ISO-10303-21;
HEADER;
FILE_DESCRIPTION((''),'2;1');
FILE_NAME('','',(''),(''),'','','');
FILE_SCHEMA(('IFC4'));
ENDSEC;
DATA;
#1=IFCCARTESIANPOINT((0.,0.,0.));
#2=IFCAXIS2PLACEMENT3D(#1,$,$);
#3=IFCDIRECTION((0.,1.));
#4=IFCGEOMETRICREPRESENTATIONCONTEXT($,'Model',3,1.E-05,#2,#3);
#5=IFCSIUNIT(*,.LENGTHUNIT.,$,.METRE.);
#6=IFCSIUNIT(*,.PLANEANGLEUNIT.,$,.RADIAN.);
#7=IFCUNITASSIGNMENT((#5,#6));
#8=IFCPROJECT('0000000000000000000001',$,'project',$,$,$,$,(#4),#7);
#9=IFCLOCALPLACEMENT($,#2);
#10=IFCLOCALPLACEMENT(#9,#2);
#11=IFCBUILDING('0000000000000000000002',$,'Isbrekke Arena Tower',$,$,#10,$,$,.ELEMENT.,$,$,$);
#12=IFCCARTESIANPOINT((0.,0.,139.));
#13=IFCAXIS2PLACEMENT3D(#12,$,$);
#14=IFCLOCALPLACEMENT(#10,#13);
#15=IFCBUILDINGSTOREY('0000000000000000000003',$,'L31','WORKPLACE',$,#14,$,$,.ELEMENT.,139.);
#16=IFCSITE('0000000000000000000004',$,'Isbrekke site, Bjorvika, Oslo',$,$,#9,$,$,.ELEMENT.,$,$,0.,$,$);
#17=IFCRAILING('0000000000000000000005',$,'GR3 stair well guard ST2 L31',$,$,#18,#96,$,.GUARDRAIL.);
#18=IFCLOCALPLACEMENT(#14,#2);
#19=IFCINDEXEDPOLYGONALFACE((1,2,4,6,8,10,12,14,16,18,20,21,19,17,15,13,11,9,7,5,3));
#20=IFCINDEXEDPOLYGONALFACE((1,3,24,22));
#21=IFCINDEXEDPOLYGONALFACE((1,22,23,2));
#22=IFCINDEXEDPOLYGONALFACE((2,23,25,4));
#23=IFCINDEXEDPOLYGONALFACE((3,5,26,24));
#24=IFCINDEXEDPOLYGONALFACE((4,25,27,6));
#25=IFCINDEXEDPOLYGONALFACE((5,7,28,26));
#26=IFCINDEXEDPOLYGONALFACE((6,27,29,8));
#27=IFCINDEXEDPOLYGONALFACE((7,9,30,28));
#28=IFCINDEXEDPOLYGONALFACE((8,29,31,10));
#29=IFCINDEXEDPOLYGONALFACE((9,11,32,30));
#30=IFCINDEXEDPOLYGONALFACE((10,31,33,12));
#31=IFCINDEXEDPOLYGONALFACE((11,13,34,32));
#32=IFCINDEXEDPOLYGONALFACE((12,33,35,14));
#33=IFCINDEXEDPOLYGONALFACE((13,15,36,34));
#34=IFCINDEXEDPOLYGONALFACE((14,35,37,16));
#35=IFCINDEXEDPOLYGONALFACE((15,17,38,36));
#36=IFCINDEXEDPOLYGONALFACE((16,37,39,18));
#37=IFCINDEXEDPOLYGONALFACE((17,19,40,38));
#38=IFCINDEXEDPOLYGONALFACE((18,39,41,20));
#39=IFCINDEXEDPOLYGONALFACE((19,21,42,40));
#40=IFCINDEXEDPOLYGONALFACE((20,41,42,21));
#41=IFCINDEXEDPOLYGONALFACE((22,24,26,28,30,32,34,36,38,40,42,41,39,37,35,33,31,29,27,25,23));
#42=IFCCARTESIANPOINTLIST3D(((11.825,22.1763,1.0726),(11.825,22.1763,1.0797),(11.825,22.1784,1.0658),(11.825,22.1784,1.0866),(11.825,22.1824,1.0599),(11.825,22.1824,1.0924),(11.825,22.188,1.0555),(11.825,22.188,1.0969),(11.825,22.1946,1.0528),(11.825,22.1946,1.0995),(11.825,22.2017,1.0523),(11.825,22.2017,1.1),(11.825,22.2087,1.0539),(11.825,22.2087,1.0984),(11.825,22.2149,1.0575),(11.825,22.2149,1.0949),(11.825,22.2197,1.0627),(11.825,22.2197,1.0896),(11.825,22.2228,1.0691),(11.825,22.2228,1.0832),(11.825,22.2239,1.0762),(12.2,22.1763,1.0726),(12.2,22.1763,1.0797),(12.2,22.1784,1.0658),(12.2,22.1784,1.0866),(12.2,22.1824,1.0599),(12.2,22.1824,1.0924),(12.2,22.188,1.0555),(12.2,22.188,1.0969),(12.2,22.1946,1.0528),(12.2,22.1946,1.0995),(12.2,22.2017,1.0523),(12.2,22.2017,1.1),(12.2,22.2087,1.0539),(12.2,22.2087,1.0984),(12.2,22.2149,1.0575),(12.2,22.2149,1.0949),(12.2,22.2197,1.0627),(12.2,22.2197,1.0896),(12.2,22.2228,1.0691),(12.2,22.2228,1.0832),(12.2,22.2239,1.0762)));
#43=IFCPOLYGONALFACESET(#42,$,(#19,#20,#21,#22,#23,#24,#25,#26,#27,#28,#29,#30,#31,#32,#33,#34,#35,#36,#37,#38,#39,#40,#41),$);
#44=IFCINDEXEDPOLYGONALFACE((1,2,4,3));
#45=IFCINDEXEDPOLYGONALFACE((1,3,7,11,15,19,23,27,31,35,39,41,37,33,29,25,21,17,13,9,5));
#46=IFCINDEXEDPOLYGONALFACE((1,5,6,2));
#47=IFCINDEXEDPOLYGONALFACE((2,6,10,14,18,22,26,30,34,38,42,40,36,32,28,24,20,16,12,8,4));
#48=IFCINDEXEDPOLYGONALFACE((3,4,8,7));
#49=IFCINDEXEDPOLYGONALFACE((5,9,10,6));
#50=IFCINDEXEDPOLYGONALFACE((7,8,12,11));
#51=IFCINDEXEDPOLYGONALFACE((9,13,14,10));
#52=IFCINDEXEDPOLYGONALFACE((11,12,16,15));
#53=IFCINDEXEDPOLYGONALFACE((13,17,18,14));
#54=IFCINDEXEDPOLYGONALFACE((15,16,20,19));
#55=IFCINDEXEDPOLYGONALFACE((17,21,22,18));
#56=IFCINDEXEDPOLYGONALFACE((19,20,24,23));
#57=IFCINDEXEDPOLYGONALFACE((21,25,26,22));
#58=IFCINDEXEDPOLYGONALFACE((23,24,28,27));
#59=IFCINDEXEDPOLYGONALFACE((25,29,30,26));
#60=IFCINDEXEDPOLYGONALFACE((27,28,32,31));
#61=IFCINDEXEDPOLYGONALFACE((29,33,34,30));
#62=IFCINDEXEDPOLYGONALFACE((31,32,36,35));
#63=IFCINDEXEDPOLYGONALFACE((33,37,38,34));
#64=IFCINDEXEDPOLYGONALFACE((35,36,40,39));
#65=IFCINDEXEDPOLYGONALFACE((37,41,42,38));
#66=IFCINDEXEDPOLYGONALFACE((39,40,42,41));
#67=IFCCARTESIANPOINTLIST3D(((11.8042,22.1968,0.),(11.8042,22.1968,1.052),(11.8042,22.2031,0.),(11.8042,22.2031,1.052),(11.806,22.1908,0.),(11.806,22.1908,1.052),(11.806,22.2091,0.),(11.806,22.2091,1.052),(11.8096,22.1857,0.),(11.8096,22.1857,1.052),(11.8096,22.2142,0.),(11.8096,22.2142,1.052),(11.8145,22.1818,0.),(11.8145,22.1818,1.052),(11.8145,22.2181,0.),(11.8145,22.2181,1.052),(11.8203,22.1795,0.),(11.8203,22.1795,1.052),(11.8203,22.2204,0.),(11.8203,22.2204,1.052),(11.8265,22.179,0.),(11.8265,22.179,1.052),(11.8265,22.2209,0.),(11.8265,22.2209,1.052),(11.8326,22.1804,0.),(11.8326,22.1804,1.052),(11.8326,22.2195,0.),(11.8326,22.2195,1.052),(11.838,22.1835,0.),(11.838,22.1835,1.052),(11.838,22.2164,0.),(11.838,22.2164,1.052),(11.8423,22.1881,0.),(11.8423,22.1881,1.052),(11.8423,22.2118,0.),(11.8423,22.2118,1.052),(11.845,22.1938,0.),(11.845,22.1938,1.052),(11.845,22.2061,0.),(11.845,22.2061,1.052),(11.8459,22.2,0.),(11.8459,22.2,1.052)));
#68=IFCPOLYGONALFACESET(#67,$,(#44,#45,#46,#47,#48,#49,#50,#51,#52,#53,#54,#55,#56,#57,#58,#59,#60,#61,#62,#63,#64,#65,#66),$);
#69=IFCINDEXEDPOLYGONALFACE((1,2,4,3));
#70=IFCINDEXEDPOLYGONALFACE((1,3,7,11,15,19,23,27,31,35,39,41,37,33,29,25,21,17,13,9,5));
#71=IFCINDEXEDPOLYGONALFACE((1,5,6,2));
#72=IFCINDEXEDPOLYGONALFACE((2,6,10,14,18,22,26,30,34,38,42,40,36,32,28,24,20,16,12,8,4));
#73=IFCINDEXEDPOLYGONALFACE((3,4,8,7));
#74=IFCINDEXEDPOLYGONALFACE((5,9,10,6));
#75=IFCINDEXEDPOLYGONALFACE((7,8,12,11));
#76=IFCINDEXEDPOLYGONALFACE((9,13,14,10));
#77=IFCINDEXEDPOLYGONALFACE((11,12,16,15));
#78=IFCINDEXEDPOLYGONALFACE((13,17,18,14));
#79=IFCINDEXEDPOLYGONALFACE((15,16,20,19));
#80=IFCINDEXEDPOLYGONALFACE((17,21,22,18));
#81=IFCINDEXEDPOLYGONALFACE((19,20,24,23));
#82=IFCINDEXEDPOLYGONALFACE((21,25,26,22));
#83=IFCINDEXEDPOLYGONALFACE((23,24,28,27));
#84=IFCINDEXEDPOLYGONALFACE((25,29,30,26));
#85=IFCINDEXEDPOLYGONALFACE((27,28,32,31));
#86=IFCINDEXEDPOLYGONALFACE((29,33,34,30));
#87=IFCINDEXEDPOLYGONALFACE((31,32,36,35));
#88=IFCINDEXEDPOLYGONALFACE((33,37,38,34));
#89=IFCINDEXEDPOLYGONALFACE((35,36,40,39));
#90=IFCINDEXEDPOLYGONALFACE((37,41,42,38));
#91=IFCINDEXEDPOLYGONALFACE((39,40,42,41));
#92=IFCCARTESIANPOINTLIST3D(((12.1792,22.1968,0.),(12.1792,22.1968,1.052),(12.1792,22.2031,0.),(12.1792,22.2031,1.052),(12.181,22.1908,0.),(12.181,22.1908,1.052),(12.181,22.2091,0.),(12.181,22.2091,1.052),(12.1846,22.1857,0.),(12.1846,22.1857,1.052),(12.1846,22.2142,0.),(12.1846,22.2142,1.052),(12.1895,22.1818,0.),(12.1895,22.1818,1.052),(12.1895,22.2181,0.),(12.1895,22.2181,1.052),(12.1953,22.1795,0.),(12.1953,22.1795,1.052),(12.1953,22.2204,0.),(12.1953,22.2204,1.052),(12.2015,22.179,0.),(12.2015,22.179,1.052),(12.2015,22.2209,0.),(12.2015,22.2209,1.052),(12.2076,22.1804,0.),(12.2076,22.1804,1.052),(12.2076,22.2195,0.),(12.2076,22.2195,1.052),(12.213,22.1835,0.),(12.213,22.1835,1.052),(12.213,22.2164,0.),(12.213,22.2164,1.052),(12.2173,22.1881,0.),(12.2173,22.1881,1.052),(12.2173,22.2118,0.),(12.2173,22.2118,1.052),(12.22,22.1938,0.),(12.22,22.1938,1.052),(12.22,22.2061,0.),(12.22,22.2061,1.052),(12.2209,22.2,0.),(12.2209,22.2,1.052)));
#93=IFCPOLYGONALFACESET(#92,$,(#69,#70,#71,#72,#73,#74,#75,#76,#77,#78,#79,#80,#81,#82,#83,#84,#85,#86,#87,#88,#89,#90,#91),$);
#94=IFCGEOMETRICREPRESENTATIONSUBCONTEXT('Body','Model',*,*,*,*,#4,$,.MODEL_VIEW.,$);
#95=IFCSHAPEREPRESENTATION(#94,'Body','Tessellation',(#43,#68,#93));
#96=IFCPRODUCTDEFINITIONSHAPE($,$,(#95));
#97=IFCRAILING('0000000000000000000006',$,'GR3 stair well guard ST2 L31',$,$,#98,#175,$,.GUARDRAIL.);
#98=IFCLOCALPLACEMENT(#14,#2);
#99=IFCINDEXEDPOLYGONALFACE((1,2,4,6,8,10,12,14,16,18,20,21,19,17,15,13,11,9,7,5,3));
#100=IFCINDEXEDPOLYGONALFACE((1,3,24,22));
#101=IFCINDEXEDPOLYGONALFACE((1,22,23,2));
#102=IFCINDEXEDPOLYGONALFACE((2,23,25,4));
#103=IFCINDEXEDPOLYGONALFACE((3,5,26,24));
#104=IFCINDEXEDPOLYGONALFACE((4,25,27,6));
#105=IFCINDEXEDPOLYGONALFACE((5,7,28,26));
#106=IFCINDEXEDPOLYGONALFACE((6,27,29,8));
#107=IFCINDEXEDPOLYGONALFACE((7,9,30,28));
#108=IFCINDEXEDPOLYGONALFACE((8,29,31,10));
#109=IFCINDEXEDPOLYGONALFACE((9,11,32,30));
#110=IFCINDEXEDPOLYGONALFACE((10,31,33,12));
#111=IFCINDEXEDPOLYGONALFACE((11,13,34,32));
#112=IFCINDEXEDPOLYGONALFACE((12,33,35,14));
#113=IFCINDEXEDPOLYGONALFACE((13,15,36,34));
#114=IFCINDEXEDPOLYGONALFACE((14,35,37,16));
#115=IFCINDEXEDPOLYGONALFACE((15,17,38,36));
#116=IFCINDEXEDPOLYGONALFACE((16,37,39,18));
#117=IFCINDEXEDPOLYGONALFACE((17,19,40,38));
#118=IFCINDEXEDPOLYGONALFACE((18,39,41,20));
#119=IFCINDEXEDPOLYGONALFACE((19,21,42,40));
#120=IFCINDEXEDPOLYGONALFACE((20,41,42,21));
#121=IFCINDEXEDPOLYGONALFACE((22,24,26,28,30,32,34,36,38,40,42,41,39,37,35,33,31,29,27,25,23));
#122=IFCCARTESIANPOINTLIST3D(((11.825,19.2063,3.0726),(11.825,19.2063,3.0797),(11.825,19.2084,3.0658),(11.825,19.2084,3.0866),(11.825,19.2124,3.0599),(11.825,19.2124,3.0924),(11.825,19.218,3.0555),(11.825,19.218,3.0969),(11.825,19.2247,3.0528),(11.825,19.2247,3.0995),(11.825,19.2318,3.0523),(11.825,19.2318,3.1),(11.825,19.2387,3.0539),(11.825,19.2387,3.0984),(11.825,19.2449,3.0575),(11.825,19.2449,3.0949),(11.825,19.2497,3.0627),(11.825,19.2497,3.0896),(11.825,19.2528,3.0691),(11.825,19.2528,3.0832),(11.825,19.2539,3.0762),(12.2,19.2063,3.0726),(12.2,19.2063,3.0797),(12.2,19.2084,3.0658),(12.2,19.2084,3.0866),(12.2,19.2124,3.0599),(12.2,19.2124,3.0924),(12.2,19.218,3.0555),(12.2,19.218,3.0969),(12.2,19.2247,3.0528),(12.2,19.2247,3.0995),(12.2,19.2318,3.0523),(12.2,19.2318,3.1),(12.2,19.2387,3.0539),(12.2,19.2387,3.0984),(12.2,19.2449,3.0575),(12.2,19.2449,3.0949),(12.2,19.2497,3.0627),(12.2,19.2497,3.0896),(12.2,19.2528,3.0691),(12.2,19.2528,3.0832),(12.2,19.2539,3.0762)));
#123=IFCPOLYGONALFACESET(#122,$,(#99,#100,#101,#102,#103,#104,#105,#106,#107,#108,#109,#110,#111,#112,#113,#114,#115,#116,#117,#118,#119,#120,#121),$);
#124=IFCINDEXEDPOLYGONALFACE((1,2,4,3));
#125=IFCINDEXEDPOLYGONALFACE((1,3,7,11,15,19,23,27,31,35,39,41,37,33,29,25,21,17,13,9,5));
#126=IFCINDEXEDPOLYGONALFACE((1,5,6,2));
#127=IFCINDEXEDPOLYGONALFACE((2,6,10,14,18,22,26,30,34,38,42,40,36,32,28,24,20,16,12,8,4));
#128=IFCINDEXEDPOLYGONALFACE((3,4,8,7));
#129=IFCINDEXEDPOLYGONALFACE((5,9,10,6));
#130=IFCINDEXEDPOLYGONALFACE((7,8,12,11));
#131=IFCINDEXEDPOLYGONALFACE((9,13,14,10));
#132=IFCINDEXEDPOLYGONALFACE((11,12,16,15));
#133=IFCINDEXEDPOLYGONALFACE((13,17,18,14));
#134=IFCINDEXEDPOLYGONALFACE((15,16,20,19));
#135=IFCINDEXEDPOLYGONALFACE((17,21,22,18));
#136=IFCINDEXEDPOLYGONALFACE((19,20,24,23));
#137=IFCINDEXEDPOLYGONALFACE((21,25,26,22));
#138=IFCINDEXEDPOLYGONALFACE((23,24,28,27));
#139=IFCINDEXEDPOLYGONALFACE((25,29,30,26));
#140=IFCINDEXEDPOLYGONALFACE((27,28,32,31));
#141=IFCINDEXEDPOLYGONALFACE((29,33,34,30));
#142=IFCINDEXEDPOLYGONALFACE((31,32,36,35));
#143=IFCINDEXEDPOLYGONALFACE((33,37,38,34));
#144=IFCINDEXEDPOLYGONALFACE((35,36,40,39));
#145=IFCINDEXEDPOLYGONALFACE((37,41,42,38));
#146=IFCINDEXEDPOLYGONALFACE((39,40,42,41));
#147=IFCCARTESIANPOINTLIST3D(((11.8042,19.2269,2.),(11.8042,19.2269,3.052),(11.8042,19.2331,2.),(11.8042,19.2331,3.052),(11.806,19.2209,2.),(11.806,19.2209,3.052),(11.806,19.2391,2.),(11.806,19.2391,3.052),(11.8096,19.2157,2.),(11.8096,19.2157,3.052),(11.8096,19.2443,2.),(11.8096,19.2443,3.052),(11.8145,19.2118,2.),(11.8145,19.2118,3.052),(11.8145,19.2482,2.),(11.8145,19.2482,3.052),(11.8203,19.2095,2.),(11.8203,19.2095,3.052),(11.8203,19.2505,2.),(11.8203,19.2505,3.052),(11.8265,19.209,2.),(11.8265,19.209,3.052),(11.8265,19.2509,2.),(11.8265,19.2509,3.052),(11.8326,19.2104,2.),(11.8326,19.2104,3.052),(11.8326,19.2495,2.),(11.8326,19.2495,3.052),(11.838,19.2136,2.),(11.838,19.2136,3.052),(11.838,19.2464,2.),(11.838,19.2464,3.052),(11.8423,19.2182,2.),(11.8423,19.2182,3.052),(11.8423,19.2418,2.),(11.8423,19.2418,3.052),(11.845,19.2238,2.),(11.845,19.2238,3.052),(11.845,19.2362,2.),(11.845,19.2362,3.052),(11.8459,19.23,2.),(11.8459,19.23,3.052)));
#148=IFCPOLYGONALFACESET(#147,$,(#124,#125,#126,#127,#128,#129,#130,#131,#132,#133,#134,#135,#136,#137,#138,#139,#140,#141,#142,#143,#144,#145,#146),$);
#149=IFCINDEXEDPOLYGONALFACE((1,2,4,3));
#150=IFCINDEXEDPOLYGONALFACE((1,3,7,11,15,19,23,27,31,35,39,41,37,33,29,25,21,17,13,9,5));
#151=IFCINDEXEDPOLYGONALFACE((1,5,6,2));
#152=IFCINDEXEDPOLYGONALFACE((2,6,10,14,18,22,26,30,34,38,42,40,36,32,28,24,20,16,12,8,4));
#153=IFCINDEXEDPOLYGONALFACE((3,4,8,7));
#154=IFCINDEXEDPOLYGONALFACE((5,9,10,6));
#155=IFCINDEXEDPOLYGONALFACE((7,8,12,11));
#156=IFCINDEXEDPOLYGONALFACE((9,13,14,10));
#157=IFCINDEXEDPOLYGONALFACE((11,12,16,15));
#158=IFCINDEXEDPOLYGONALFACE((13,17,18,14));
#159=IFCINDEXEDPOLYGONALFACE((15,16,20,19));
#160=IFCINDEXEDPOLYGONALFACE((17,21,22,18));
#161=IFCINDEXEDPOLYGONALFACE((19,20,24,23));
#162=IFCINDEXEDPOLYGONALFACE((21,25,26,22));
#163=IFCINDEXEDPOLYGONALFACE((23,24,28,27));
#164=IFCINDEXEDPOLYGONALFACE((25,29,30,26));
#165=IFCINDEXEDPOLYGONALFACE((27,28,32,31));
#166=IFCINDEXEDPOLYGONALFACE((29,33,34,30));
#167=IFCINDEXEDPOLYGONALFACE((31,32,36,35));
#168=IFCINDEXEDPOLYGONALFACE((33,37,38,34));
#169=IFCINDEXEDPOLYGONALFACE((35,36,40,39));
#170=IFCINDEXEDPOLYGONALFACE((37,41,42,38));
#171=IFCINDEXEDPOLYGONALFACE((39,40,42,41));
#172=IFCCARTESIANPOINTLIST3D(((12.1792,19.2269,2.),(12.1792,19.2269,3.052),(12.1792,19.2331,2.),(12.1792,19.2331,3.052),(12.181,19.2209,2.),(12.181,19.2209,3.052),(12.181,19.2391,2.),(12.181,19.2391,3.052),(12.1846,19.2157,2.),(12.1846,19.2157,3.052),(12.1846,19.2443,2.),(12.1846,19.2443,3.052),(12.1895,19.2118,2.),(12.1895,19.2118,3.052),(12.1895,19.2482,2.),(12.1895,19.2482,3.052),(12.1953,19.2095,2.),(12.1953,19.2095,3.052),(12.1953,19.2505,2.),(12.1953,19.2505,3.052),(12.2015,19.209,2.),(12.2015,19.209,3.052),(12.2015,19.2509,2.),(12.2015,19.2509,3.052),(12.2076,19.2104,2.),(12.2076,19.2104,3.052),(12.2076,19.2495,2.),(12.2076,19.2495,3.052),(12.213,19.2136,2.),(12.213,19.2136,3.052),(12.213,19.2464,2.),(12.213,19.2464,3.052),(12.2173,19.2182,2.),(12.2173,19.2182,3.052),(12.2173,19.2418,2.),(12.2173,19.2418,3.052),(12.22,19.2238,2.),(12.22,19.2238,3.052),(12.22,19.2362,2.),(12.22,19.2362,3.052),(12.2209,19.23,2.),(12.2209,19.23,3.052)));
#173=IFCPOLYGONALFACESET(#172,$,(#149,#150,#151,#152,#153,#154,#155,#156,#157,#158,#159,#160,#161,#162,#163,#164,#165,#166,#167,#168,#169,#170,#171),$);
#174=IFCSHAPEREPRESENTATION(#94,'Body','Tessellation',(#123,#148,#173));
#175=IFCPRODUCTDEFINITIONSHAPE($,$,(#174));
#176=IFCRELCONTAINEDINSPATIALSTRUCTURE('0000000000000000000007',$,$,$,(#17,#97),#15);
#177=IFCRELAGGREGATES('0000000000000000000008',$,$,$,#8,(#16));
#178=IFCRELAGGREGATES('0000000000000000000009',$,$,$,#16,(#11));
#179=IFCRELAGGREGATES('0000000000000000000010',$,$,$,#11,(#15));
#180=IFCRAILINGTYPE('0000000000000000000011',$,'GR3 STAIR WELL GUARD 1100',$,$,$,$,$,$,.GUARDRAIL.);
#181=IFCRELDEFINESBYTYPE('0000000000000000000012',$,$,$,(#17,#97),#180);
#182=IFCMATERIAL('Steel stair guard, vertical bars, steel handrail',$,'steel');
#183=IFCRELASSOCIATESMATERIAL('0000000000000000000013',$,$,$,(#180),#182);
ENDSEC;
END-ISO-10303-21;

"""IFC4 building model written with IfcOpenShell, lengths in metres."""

from ifc_helpers import new_model, si_unit, direction, frame, origin, origin_2d, place, context, subcontext, project, spatial, circle, extrude, material, type_object, element, save


model = new_model("IFC4")

# Units and contexts
model_context = context("Model", 3, precision=1e-05, world=origin(), true_north=direction((0.0, 1.0)))
body_context = subcontext(model_context, "Body", "Model", "MODEL_VIEW")
ifc_project = project(units=[si_unit("LENGTHUNIT", "METRE"), si_unit("PLANEANGLEUNIT", "RADIAN")], contexts=[model_context])

# Site, building, storey
site_placement = place(None, origin())
site = spatial("IfcSite", under=ifc_project, at=site_placement, Name="Isbrekke site, Bjorvika, Oslo", CompositionType="ELEMENT", RefElevation=0.0)
building_placement = place(site_placement, origin())
building = spatial("IfcBuilding", under=site, at=building_placement, Name="Isbrekke Arena Tower", CompositionType="ELEMENT")
storey_placement = place(building_placement, frame((0.0, 0.0, 139.0)))
storey = spatial("IfcBuildingStorey", under=building, at=storey_placement, Name="L31", Description="WORKPLACE", CompositionType="ELEMENT", Elevation=139.0)

# Railings
ifc_material_1 = material(Name="Steel stair guard, vertical bars, steel handrail", Category="steel")
railing_type = type_object("IfcRailingType", Name="GR3 STAIR WELL GUARD 1100", PredefinedType="GUARDRAIL", material=ifc_material_1)
for number, where, name in (
    (1, (11.825, 22.2, 0.0), "GR3 stair well guard ST2 L31"),
    (2, (11.825, 19.23, 2.0), "GR3 stair well guard ST2 L31"),
):
    element("IfcRailing", number, at=place(storey_placement, frame(where)), inside=storey, type_object=railing_type, Name=name, PredefinedType="GUARDRAIL", context=body_context, shape_type="SweptSolid", body=[
        extrude(circle(Radius=0.0239, at=origin_2d()), frame((0.0, 0.0, 1.0762), z_axis=(1.0, 0.0, 0.0), x_axis=(0.0, 1.0, 0.0)), (0.0, 0.0, 1.0), 0.375),
        extrude(circle(Radius=0.021, at=origin_2d()), origin(), (0.0, 0.0, 1.0), 1.052),
        extrude(circle(Radius=0.021, at=origin_2d()), frame((0.375, 0.0, 0.0)), (0.0, 0.0, 1.0), 1.052),
    ])

save(model, "model.ifc")
